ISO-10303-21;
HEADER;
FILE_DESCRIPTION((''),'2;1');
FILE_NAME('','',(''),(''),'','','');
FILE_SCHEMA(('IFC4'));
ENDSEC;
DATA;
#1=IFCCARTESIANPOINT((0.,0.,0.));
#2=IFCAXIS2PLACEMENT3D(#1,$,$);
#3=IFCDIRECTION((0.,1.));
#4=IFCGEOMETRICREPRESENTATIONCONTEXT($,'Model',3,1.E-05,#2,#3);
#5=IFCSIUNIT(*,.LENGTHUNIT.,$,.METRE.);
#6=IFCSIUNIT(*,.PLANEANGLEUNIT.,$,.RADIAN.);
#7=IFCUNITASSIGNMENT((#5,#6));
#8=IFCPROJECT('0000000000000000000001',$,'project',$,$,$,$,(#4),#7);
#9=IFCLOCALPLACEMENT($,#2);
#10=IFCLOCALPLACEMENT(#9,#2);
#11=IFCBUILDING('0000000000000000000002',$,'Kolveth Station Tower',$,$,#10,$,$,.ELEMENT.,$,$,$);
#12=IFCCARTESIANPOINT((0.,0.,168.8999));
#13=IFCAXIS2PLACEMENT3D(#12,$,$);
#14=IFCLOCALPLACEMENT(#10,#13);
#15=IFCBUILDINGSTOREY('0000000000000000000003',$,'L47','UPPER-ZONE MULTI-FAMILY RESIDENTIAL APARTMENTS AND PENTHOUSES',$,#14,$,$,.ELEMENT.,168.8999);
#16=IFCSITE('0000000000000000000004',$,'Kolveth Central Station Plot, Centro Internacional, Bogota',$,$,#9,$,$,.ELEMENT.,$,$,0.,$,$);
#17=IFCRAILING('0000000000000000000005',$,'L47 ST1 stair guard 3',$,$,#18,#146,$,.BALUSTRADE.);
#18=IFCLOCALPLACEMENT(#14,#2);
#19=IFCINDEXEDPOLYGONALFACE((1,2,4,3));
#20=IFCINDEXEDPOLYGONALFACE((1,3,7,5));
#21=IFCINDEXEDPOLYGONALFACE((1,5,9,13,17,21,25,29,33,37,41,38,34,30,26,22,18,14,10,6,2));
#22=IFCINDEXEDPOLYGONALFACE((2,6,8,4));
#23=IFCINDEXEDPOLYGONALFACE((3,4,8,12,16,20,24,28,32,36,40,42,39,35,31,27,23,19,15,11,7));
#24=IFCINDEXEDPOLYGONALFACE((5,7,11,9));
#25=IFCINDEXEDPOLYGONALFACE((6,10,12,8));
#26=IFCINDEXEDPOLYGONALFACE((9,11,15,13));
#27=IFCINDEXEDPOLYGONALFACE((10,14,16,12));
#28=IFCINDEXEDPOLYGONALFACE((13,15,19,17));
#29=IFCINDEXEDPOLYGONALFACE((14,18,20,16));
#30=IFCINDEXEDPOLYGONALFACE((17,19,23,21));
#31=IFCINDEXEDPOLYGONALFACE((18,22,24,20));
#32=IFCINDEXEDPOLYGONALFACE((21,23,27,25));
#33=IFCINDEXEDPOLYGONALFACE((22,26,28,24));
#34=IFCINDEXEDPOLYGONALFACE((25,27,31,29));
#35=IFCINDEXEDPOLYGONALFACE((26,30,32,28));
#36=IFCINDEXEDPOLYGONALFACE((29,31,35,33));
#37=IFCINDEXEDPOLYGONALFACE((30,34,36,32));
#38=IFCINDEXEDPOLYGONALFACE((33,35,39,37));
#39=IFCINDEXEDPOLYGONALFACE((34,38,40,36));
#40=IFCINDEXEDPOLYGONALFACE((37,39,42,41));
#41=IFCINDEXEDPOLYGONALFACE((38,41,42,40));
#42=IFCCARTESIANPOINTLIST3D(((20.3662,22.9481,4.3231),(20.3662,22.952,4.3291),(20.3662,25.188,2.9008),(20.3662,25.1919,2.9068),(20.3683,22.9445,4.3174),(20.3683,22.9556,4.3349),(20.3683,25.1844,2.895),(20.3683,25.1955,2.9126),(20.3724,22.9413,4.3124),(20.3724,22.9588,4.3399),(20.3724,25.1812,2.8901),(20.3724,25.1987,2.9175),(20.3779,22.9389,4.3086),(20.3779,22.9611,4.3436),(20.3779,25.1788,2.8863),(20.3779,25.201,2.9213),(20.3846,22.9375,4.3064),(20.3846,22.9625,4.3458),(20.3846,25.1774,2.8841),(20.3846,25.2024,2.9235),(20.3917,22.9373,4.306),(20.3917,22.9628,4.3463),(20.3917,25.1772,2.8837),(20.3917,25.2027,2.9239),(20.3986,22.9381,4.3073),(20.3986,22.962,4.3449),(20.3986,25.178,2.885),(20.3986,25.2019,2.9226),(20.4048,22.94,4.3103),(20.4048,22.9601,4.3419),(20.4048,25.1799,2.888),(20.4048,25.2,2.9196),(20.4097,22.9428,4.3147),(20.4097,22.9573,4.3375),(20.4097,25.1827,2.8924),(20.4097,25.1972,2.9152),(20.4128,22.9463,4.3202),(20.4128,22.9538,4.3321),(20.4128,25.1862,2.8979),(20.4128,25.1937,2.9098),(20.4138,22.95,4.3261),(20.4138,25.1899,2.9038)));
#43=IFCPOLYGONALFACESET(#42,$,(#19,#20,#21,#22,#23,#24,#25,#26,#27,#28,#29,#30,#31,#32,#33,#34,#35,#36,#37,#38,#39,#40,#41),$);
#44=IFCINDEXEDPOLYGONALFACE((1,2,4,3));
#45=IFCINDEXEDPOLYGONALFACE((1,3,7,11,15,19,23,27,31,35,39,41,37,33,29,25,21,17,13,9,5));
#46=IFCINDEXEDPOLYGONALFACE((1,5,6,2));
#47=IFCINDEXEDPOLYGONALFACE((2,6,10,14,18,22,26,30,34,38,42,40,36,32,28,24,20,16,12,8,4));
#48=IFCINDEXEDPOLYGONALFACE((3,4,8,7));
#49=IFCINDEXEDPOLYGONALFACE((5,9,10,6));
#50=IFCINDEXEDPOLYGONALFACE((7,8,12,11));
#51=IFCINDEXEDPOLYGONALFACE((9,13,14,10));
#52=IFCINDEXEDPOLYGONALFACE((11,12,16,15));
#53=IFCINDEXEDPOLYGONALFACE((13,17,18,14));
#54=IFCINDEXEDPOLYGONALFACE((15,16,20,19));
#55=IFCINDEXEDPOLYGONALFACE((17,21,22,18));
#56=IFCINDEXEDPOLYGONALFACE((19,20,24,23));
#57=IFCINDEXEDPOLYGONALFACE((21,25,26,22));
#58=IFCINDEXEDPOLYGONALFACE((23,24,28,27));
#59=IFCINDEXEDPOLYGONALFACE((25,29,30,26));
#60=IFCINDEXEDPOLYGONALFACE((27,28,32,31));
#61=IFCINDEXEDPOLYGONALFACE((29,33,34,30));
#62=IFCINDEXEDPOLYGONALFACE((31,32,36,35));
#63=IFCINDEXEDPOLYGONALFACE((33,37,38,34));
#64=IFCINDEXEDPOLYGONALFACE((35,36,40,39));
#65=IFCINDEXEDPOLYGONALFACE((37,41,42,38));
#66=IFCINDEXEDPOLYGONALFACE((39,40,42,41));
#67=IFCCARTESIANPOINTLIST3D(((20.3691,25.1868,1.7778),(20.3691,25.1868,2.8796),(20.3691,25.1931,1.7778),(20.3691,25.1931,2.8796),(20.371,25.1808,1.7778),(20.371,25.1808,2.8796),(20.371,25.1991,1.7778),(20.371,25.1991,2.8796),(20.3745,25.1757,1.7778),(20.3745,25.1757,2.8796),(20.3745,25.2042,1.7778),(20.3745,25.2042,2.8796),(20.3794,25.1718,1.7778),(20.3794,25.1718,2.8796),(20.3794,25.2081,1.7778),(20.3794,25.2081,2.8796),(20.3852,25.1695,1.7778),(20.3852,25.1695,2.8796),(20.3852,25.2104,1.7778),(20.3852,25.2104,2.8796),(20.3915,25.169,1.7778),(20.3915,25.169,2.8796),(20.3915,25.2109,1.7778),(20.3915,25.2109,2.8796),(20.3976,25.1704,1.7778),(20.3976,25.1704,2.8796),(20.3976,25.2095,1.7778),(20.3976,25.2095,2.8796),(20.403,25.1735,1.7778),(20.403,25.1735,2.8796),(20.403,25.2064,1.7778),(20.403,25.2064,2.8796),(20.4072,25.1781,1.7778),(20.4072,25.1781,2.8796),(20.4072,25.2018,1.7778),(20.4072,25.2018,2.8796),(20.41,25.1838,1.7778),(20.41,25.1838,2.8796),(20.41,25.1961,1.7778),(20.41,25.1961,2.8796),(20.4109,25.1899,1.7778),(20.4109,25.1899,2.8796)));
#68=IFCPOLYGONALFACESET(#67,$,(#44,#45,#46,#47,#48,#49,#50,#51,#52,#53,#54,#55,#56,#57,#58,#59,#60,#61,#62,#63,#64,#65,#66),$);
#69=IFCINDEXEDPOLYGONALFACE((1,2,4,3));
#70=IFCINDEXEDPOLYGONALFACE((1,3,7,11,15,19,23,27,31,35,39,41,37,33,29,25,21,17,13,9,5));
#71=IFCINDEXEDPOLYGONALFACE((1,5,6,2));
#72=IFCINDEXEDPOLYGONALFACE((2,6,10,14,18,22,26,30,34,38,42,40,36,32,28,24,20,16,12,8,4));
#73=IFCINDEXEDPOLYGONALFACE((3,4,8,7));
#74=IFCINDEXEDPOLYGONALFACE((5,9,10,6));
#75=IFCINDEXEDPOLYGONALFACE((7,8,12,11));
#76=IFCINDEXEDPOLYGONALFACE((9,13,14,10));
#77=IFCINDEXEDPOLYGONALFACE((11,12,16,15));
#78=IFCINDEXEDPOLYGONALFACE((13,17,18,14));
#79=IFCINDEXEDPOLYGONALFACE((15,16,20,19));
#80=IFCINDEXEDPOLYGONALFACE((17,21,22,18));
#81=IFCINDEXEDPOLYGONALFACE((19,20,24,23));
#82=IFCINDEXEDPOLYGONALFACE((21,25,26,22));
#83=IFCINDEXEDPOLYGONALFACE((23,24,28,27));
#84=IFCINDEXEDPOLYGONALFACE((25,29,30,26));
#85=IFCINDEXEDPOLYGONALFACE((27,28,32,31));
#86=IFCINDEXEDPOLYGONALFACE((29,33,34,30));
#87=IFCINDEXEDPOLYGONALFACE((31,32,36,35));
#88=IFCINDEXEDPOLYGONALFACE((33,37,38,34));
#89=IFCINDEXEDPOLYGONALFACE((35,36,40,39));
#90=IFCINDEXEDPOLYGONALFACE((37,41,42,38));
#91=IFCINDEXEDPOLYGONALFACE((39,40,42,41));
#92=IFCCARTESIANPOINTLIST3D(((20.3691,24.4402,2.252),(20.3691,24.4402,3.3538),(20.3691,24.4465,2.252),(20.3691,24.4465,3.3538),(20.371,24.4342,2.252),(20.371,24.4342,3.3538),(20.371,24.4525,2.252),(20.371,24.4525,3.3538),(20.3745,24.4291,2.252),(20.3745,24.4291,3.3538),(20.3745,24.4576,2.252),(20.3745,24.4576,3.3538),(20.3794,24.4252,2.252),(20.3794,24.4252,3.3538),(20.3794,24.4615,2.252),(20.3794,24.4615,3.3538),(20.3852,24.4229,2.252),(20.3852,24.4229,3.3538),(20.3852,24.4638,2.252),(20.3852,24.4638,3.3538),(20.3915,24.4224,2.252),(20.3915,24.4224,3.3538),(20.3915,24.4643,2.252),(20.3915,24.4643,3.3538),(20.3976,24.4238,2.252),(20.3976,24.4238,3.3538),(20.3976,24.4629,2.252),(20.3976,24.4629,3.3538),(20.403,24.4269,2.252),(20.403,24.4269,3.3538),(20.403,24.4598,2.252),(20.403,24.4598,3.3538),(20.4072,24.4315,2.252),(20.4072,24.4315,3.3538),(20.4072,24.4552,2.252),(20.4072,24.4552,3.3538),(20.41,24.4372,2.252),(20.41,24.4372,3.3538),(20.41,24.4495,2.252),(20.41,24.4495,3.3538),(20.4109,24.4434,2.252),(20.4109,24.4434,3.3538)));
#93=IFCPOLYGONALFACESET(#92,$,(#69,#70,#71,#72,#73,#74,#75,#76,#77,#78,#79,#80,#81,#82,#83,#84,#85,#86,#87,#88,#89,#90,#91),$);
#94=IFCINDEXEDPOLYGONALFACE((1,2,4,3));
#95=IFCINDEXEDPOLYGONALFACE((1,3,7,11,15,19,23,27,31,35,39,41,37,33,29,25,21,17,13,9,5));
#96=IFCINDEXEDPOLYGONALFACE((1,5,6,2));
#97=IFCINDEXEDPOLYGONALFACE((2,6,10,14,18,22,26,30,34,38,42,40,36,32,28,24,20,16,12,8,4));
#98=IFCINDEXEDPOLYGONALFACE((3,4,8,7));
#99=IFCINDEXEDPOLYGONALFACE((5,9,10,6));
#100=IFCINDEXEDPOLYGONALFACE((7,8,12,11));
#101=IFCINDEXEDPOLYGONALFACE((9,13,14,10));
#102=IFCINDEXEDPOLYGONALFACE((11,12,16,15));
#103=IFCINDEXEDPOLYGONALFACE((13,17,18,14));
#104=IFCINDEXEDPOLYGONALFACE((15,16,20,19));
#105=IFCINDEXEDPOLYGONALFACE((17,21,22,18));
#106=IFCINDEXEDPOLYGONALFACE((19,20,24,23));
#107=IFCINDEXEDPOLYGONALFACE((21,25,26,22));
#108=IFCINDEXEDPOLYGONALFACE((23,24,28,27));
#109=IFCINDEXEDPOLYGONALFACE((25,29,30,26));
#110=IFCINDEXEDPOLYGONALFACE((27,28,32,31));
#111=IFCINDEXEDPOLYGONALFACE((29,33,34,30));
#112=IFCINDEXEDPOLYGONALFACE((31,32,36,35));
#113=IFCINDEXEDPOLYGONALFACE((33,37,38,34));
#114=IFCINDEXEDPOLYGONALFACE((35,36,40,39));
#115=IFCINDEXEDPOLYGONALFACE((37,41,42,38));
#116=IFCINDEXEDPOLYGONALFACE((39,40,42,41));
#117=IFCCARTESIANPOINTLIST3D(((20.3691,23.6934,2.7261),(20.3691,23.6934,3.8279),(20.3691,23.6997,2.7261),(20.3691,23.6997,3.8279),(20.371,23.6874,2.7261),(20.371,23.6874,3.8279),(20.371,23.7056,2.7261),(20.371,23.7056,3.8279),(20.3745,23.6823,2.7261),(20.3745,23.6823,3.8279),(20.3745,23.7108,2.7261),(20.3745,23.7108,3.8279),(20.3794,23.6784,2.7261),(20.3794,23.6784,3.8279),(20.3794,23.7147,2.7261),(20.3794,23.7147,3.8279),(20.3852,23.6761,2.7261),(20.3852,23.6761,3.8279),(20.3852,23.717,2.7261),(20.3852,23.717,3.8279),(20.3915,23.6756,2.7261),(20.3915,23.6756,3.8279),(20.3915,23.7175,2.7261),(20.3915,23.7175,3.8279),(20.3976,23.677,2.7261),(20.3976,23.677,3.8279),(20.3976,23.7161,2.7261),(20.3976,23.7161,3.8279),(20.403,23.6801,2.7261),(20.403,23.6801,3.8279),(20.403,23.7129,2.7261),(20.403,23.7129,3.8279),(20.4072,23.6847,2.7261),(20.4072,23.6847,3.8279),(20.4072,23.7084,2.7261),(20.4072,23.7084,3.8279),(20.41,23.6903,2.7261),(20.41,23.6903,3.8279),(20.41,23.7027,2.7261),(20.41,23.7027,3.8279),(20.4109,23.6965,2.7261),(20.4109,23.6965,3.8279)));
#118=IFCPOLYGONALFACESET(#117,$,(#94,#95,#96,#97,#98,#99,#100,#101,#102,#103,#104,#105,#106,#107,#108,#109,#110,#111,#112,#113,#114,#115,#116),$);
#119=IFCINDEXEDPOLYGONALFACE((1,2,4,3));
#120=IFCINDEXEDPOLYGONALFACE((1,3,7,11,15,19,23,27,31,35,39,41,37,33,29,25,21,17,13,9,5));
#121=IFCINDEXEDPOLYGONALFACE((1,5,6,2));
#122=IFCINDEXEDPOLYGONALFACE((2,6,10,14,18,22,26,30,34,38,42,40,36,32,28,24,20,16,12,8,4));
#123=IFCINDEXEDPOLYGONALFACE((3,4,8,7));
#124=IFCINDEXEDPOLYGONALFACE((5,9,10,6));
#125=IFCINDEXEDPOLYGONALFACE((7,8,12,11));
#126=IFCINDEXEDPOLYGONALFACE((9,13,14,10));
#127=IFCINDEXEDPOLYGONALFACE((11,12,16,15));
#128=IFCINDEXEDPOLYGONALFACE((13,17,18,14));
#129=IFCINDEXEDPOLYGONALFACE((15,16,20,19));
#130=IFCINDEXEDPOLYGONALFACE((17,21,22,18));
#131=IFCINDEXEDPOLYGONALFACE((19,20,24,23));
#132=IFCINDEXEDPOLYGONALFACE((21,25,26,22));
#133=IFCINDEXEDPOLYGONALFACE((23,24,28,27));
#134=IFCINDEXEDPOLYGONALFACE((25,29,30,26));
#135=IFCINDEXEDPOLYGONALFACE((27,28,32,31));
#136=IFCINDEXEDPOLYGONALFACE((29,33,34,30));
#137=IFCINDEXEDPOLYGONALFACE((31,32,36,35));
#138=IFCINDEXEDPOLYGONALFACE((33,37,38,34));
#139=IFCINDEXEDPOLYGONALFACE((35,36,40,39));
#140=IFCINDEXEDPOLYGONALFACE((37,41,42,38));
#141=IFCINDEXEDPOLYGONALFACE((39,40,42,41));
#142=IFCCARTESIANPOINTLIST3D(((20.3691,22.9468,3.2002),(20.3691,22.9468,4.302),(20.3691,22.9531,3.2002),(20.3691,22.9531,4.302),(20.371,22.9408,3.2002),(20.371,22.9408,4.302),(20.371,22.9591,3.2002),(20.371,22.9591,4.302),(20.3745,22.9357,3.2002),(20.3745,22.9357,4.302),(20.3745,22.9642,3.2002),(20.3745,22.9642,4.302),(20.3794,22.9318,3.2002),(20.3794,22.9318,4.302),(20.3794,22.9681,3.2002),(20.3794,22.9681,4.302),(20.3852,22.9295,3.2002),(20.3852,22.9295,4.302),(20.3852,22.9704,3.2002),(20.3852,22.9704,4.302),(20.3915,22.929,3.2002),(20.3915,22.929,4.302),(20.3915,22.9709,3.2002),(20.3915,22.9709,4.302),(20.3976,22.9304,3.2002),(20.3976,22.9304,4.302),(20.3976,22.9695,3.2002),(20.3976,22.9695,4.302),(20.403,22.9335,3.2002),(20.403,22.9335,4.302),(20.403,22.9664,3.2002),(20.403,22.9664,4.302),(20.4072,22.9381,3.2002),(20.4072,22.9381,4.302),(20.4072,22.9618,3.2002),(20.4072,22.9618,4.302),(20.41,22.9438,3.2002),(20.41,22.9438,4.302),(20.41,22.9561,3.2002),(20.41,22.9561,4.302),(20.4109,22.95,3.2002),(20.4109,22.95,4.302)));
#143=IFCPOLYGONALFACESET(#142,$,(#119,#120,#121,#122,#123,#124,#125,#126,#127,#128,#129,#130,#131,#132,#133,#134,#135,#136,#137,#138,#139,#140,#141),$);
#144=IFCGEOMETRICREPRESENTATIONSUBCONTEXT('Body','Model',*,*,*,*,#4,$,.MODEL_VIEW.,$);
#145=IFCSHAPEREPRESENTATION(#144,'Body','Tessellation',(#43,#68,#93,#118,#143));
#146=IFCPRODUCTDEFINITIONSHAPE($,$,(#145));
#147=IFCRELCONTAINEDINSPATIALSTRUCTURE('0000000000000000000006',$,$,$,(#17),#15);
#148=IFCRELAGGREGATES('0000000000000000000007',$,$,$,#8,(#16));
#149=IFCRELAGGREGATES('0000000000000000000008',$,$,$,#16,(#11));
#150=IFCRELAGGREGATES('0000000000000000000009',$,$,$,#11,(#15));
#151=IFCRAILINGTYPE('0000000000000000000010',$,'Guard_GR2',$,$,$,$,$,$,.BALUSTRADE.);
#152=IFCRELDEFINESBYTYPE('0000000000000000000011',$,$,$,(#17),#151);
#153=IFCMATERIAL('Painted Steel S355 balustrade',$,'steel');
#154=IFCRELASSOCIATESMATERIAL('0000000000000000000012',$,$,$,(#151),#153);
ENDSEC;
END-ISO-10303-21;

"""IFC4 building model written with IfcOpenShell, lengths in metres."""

from ifc_helpers import new_model, si_unit, direction, frame, origin, origin_2d, place, context, subcontext, project, spatial, circle, extrude, material, type_object, element, save


model = new_model("IFC4")

# Units and contexts
model_context = context("Model", 3, precision=1e-05, world=origin(), true_north=direction((0.0, 1.0)))
body_context = subcontext(model_context, "Body", "Model", "MODEL_VIEW")
ifc_project = project(units=[si_unit("LENGTHUNIT", "METRE"), si_unit("PLANEANGLEUNIT", "RADIAN")], contexts=[model_context])

# Site, building, storey
site_placement = place(None, origin())
site = spatial("IfcSite", under=ifc_project, at=site_placement, Name="Kolveth Central Station Plot, Centro Internacional, Bogota", CompositionType="ELEMENT", RefElevation=0.0)
building_placement = place(site_placement, origin())
building = spatial("IfcBuilding", under=site, at=building_placement, Name="Kolveth Station Tower", CompositionType="ELEMENT")
storey_placement = place(building_placement, frame((0.0, 0.0, 168.8999)))
storey = spatial("IfcBuildingStorey", under=building, at=storey_placement, Name="L47", Description="UPPER-ZONE MULTI-FAMILY RESIDENTIAL APARTMENTS AND PENTHOUSES", CompositionType="ELEMENT", Elevation=168.8999)

# Railing
ifc_material_1 = material(Name="Painted Steel S355 balustrade", Category="steel")
railing_type_1 = type_object("IfcRailingType", Name="Guard_GR2", PredefinedType="BALUSTRADE", material=ifc_material_1)
railing_1_placement = place(storey_placement, frame((20.3899, 25.1899, 1.7778)))
element("IfcRailing", 1, at=railing_1_placement, inside=storey, type_object=railing_type_1, Name="L47 ST1 stair guard 3", PredefinedType="BALUSTRADE", context=body_context, shape_type="SweptSolid", body=[
    extrude(circle(Radius=0.0239, at=origin_2d()), frame((0.0, 0.0, 1.126), z_axis=(0.0, -0.844188, 0.536048), x_axis=(1.0, 0.0, 0.0)), (0.0, 0.0, 1.0), 2.6533),
    extrude(circle(Radius=0.021, at=origin_2d()), origin(), (0.0, 0.0, 1.0), 1.1018),
    extrude(circle(Radius=0.021, at=origin_2d()), frame((0.0, -0.7466, 0.4741)), (0.0, 0.0, 1.0), 1.1018),
    extrude(circle(Radius=0.021, at=origin_2d()), frame((0.0, -1.4934, 0.9482)), (0.0, 0.0, 1.0), 1.1018),
    extrude(circle(Radius=0.021, at=origin_2d()), frame((0.0, -2.24, 1.4224)), (0.0, 0.0, 1.0), 1.1018),
])

save(model, "model.ifc")
